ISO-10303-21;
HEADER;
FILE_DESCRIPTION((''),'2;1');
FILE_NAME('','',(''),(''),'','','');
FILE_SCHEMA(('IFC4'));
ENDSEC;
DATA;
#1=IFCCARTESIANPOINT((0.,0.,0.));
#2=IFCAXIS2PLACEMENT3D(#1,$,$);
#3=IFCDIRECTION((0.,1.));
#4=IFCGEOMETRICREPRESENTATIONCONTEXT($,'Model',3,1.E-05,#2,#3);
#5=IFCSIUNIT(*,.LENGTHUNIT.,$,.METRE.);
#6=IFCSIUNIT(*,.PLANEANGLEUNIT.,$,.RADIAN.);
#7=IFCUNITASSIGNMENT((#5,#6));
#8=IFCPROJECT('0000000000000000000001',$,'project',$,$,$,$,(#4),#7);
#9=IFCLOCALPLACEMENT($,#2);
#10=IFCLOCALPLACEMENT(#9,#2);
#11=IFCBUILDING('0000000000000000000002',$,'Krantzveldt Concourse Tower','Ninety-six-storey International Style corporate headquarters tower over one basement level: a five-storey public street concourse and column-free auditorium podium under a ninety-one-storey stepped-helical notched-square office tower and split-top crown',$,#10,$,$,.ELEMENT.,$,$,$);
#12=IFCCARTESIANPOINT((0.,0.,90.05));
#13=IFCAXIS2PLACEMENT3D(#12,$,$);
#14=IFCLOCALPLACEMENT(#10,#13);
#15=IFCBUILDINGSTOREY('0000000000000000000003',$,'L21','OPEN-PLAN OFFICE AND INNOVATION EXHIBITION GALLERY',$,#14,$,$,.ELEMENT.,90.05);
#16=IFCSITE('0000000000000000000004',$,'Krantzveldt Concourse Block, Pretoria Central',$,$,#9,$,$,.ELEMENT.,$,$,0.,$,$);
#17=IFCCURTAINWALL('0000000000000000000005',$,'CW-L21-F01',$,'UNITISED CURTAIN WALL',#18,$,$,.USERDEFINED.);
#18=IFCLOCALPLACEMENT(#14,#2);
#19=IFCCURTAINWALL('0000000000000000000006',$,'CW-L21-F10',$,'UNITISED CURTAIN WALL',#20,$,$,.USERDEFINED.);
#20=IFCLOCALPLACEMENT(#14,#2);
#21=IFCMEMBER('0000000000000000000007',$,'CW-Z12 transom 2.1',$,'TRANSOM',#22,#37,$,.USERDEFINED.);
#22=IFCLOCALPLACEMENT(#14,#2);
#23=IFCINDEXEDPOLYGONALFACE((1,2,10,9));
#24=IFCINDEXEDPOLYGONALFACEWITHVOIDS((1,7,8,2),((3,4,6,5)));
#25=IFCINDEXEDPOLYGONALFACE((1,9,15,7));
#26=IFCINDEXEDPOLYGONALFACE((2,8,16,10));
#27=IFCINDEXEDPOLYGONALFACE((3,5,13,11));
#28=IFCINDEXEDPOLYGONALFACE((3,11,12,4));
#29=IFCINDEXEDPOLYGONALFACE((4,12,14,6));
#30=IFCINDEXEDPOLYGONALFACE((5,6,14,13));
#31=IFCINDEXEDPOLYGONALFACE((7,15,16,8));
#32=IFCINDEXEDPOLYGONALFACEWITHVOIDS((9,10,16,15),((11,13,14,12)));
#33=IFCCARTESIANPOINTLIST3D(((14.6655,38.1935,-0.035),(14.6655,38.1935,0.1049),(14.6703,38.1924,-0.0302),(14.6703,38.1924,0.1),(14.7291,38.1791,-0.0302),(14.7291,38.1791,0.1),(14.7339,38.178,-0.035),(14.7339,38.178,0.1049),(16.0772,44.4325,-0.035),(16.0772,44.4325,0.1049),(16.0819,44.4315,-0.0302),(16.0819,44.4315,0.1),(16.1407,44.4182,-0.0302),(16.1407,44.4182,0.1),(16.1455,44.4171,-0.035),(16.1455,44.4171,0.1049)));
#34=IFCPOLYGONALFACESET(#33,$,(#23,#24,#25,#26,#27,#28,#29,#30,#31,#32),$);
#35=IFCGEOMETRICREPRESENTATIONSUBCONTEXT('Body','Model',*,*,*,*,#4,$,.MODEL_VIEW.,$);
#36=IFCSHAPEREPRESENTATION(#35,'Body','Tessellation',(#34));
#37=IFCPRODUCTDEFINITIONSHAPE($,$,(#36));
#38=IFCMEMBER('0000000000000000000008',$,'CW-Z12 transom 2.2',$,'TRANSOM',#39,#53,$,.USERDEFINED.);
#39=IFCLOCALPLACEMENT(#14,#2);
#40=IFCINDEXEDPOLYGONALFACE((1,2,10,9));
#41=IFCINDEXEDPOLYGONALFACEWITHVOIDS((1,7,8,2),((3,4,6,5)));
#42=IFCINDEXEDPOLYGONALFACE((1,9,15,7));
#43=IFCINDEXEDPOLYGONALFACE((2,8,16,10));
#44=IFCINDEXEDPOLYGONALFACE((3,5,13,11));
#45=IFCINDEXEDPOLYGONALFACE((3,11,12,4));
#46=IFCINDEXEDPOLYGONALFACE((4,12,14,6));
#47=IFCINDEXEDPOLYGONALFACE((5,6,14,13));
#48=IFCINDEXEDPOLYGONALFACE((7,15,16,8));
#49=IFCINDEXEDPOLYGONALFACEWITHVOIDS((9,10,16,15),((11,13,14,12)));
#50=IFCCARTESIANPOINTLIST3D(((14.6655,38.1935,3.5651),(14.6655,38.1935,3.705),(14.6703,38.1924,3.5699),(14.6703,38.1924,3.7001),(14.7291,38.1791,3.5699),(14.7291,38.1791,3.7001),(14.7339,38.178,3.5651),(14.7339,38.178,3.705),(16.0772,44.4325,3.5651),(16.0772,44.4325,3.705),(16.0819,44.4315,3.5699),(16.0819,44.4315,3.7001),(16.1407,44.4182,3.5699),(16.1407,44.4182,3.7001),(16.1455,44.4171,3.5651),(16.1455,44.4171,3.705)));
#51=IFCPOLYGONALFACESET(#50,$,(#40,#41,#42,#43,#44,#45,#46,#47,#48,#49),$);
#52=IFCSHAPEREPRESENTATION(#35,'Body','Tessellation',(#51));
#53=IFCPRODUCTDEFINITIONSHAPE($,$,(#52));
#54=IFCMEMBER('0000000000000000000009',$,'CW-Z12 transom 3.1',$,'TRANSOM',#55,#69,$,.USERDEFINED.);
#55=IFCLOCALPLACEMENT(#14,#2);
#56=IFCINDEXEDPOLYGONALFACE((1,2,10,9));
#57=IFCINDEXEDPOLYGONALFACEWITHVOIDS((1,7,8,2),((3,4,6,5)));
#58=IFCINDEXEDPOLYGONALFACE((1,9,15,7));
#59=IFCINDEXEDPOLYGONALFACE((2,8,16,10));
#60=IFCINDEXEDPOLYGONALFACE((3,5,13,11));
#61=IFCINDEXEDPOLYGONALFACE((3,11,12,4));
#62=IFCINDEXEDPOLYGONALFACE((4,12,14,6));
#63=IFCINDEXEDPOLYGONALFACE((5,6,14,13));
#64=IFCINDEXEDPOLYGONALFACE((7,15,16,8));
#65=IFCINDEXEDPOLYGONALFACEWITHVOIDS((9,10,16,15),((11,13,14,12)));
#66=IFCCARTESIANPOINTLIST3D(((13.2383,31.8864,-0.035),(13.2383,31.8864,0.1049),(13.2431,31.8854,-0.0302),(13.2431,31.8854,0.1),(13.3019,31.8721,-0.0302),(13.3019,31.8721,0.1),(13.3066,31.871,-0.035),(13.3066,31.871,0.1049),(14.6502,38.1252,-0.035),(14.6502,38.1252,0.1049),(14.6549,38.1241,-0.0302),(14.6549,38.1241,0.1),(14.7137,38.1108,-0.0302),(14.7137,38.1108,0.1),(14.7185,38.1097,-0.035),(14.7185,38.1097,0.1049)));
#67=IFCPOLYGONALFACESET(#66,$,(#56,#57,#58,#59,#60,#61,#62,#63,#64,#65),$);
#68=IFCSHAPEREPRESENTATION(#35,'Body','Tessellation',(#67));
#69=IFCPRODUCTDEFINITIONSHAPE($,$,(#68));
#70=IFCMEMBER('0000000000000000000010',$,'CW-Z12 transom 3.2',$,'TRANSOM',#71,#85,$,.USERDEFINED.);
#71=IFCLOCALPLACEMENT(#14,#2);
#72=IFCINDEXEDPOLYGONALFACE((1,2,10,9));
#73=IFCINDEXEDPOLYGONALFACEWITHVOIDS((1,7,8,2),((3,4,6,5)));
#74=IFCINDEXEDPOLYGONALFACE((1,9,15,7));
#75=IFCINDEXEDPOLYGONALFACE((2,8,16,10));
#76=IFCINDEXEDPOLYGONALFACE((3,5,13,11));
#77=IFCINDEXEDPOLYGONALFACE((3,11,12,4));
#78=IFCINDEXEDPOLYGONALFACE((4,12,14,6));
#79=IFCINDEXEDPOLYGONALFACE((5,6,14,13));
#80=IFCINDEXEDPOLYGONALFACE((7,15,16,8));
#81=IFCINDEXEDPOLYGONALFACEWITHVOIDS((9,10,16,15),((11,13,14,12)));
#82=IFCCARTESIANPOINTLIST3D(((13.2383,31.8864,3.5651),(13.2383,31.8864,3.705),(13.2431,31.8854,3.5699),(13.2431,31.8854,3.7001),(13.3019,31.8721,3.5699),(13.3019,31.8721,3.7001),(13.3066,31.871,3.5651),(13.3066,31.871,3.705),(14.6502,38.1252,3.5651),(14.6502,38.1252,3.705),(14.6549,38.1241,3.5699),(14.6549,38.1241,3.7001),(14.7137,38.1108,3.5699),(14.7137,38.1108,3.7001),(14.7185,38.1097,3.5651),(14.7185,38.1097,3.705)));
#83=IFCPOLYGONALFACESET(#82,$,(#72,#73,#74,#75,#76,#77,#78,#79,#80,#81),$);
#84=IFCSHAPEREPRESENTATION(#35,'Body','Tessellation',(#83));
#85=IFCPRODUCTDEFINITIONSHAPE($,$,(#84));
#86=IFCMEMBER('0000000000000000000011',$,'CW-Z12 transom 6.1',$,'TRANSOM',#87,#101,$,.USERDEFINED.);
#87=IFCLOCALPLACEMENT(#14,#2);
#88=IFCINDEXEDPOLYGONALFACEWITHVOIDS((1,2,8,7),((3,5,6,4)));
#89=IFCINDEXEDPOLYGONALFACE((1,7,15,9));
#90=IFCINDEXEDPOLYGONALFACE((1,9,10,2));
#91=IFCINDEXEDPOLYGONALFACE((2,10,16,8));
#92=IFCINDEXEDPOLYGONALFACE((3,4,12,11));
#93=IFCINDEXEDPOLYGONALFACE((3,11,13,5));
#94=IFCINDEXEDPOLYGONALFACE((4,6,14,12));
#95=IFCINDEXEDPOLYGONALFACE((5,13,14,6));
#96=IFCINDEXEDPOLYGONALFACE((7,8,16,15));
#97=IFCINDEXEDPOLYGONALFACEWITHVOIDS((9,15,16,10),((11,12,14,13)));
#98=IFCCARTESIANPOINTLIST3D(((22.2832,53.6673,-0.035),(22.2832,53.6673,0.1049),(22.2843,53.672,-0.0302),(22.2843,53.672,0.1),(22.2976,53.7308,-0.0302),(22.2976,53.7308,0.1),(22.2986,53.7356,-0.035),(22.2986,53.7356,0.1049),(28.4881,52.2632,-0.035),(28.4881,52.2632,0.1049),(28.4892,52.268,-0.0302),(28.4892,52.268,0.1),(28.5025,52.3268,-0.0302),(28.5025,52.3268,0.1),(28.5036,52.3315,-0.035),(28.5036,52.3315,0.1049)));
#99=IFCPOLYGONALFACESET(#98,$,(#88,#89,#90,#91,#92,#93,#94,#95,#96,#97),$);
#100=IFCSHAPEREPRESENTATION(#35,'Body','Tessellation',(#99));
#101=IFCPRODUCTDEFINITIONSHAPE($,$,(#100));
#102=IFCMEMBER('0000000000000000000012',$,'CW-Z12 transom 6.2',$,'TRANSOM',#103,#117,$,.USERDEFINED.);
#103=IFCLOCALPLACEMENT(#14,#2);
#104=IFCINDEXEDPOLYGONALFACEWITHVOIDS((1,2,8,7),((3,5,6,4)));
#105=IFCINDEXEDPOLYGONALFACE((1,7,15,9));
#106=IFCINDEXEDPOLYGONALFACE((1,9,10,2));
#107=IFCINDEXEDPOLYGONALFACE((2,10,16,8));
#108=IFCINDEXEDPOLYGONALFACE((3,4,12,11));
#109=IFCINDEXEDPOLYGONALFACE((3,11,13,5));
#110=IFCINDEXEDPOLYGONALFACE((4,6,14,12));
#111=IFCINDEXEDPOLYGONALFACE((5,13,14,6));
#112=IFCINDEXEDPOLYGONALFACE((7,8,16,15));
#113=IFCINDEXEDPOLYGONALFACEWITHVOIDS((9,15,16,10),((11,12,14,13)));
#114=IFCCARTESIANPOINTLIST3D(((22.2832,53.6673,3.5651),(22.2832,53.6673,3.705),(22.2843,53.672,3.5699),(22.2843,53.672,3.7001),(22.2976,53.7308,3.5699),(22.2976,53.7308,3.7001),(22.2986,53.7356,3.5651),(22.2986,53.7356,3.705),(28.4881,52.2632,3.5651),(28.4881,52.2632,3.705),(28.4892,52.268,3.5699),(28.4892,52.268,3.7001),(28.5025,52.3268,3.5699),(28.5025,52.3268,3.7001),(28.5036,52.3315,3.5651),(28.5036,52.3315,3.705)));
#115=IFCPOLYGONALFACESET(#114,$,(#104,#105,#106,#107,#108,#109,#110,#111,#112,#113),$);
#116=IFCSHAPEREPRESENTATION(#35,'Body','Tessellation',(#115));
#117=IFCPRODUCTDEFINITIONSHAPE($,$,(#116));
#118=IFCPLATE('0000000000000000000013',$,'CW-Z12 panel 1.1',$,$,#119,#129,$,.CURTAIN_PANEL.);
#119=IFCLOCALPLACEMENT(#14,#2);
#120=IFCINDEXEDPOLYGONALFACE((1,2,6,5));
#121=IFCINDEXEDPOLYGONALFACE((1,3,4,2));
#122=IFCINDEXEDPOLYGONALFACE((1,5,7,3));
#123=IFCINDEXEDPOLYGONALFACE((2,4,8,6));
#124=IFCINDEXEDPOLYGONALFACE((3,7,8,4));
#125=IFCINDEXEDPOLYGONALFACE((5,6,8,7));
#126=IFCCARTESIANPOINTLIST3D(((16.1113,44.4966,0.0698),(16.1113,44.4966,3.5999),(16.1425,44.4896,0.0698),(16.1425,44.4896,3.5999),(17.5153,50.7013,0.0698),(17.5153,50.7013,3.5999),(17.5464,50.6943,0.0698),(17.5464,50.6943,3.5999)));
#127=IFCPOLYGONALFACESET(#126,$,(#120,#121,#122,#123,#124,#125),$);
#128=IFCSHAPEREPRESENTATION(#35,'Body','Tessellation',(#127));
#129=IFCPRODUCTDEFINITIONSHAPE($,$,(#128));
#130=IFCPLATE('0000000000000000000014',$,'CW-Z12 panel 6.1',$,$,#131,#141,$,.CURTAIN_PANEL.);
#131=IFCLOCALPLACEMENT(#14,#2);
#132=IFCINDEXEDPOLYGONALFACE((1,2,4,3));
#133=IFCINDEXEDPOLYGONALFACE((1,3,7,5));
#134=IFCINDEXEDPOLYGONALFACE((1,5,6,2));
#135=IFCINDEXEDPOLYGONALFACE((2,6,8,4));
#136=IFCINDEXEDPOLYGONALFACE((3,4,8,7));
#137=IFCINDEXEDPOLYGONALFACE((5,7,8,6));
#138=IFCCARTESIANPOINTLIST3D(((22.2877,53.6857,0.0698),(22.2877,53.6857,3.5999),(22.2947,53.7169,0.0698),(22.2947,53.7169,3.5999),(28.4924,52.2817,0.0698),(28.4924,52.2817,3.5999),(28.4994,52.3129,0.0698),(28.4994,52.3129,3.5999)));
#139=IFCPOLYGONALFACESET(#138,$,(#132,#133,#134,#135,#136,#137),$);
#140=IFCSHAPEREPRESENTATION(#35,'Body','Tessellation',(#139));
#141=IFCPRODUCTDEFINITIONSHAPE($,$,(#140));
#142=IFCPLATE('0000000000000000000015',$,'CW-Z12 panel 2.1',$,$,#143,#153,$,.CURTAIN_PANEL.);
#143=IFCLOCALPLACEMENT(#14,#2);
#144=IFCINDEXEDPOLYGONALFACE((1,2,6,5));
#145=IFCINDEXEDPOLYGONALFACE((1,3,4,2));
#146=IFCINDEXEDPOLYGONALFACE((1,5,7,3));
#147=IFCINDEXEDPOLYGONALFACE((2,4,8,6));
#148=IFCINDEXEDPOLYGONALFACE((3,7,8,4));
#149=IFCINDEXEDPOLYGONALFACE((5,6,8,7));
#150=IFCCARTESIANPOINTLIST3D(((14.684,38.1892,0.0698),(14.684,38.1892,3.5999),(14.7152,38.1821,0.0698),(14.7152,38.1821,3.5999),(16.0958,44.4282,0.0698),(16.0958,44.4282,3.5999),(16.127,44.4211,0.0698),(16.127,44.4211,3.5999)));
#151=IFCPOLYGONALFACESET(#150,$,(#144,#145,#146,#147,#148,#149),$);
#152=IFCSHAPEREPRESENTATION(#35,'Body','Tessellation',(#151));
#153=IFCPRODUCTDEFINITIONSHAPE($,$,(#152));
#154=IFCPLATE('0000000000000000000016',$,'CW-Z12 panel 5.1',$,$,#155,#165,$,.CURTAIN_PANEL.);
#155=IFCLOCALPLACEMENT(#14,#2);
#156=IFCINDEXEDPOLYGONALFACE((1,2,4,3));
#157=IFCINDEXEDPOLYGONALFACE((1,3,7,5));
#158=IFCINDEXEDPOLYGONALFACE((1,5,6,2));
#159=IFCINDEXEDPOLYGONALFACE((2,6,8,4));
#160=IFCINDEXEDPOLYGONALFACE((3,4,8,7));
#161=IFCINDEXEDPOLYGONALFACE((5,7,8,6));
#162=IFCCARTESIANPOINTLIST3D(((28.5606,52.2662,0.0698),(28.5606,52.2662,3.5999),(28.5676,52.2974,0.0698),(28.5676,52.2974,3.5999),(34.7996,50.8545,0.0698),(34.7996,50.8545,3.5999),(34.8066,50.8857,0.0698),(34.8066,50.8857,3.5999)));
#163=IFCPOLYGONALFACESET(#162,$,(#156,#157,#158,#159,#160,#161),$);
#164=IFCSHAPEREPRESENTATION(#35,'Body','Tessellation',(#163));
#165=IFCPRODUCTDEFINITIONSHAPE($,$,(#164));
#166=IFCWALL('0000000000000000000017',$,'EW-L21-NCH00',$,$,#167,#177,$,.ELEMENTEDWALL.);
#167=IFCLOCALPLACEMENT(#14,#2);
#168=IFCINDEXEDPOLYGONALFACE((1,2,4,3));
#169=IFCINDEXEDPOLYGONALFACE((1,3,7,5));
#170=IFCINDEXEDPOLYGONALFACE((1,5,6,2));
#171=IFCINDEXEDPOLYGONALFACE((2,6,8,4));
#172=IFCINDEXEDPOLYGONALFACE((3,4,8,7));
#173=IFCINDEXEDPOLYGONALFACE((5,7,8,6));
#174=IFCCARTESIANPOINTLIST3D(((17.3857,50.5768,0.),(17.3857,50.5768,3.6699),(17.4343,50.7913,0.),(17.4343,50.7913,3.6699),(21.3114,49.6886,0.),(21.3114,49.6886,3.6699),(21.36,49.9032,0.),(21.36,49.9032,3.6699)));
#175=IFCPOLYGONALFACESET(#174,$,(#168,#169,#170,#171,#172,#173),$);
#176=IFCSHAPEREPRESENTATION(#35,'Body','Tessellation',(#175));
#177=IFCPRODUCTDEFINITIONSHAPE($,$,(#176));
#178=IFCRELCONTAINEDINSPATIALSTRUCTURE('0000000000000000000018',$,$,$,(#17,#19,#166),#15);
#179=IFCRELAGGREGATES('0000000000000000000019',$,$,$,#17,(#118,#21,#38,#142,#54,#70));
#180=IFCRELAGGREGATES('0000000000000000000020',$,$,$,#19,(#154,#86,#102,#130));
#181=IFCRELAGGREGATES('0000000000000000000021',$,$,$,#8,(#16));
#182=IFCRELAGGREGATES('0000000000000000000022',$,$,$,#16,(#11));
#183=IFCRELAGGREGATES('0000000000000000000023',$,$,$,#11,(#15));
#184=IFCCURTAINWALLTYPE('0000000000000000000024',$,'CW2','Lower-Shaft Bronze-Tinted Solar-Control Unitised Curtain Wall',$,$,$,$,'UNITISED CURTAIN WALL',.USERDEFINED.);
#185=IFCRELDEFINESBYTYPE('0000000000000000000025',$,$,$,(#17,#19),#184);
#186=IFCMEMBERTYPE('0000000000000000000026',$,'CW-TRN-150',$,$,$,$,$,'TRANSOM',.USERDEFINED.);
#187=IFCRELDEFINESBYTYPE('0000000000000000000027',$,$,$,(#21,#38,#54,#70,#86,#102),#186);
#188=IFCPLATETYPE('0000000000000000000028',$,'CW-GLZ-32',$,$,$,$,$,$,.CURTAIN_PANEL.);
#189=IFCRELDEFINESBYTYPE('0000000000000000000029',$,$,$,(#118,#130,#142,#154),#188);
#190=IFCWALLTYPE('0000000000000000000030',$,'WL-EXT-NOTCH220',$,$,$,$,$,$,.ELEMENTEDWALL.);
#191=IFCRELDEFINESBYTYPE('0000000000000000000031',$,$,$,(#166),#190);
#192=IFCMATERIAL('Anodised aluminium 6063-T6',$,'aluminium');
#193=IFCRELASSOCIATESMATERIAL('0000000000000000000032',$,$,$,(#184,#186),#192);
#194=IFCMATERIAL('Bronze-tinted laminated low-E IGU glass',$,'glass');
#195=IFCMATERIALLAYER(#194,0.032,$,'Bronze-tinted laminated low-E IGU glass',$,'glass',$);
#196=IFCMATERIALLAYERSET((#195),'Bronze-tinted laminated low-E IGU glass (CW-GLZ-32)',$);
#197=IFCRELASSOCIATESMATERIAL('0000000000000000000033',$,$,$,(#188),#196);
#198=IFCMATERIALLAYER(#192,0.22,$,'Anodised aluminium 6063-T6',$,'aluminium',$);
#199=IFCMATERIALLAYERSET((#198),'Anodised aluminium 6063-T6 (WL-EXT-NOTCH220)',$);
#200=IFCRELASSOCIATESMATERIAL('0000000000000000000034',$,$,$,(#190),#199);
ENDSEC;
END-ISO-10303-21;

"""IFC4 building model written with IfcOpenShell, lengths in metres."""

from ifc_helpers import new_model, si_unit, direction, frame, frame_2d, origin, origin_2d, place, context, subcontext, project, spatial, rectangle, hollow_rectangle, extrude, source, transform, mapped, material, layer, layer_set, material_profile, profile_set, type_object, type_shapes, element, aggregate, save


model = new_model("IFC4")

# Units and contexts
model_context = context("Model", 3, precision=1e-05, world=origin(), true_north=direction((0.0, 1.0)))
body_context = subcontext(model_context, "Body", "Model", "MODEL_VIEW")
ifc_project = project(units=[si_unit("LENGTHUNIT", "METRE"), si_unit("PLANEANGLEUNIT", "RADIAN")], contexts=[model_context])

# Site, building, storey
site_placement = place(None, origin())
site = spatial("IfcSite", under=ifc_project, at=site_placement, Name="Krantzveldt Concourse Block, Pretoria Central", CompositionType="ELEMENT", RefElevation=0.0)
building_placement = place(site_placement, origin())
building = spatial("IfcBuilding", under=site, at=building_placement, Name="Krantzveldt Concourse Tower", Description="Ninety-six-storey International Style corporate headquarters tower over one basement level: a five-storey public street concourse and column-free auditorium podium under a ninety-one-storey stepped-helical notched-square office tower and split-top crown", CompositionType="ELEMENT")
storey_placement = place(building_placement, frame((0.0, 0.0, 90.05)))
storey = spatial("IfcBuildingStorey", under=building, at=storey_placement, Name="L21", Description="OPEN-PLAN OFFICE AND INNOVATION EXHIBITION GALLERY", CompositionType="ELEMENT", Elevation=90.05)

# Curtain walls
ifc_material_1 = material(Name="Anodised aluminium 6063-T6", Category="aluminium")
curtain_wall_type = type_object("IfcCurtainWallType", Name="CW2", Description="Lower-Shaft Bronze-Tinted Solar-Control Unitised Curtain Wall", ElementType="UNITISED CURTAIN WALL", PredefinedType="USERDEFINED", material=ifc_material_1)
curtain_wall_1_placement = place(storey_placement, origin())
curtain_wall_1 = element("IfcCurtainWall", 1, at=curtain_wall_1_placement, inside=storey, type_object=curtain_wall_type, Name="CW-L21-F01", ObjectType="UNITISED CURTAIN WALL", PredefinedType="USERDEFINED")
curtain_wall_2_placement = place(storey_placement, origin())
curtain_wall_2 = element("IfcCurtainWall", 2, at=curtain_wall_2_placement, inside=storey, type_object=curtain_wall_type, Name="CW-L21-F10", ObjectType="UNITISED CURTAIN WALL", PredefinedType="USERDEFINED")

# Members
ifc_material_profile_1 = material_profile(ifc_material_1, hollow_rectangle(XDim=0.0701, YDim=0.1399, WallThickness=0.0049, at=origin_2d()), Name="Anodised aluminium 6063-T6", Category="aluminium")
ifc_profile_set_1 = profile_set([ifc_material_profile_1], Name="Anodised aluminium 6063-T6 - ALU-TRAN 140x70x5")
member_type_1 = type_object("IfcMemberType", Name="CW-TRN-150", ElementType="TRANSOM", PredefinedType="USERDEFINED", material=ifc_profile_set_1)
shared_shape_1 = source(origin(), body_context, "Body", "SweptSolid", [
    extrude(hollow_rectangle(XDim=0.0701, YDim=0.1399, WallThickness=0.0049, at=origin_2d()), origin(), (0.0, 0.0, 1.0), 6.3967),
])
member_1_placement = place(storey_placement, frame((16.1113, 44.4248, 0.0349), z_axis=(-0.220679, -0.975346, 0.0), x_axis=(0.975346, -0.220679, 0.0)))
member_1 = element("IfcMember", 3, at=member_1_placement, type_object=member_type_1, Name="CW-Z12 transom 2.1", ObjectType="TRANSOM", PredefinedType="USERDEFINED", context=body_context, shape_type="MappedRepresentation", body=[
    mapped(shared_shape_1, transform((0.0, 0.0, 0.0), x_axis=(1.0, 0.0, 0.0), y_axis=(0.0, 1.0, 0.0), z_axis=(0.0, 0.0, 1.0), scale=1.0)),
])
member_2_placement = place(storey_placement, frame((16.1113, 44.4248, 3.635), z_axis=(-0.220679, -0.975346, 0.0), x_axis=(0.975346, -0.220679, 0.0)))
member_2 = element("IfcMember", 4, at=member_2_placement, type_object=member_type_1, Name="CW-Z12 transom 2.2", ObjectType="TRANSOM", PredefinedType="USERDEFINED", context=body_context, shape_type="MappedRepresentation", body=[
    mapped(shared_shape_1, transform((0.0, 0.0, 0.0), x_axis=(1.0, 0.0, 0.0), y_axis=(0.0, 1.0, 0.0), z_axis=(0.0, 0.0, 1.0), scale=1.0)),
])
shared_shape_2 = source(origin(), body_context, "Body", "SweptSolid", [
    extrude(hollow_rectangle(XDim=0.0701, YDim=0.1399, WallThickness=0.0049, at=origin_2d()), origin(), (0.0, 0.0, 1.0), 6.3965),
])
member_3_placement = place(storey_placement, frame((14.6843, 38.1174, 0.0349), z_axis=(-0.220724, -0.975336, 0.0), x_axis=(0.975336, -0.220724, 0.0)))
member_3 = element("IfcMember", 5, at=member_3_placement, type_object=member_type_1, Name="CW-Z12 transom 3.1", ObjectType="TRANSOM", PredefinedType="USERDEFINED", context=body_context, shape_type="MappedRepresentation", body=[
    mapped(shared_shape_2, transform((0.0, 0.0, 0.0), x_axis=(1.0, 0.0, 0.0), y_axis=(0.0, 1.0, 0.0), z_axis=(0.0, 0.0, 1.0), scale=1.0)),
])
member_4_placement = place(storey_placement, frame((14.6843, 38.1174, 3.635), z_axis=(-0.220724, -0.975336, 0.0), x_axis=(0.975336, -0.220724, 0.0)))
member_4 = element("IfcMember", 6, at=member_4_placement, type_object=member_type_1, Name="CW-Z12 transom 3.2", ObjectType="TRANSOM", PredefinedType="USERDEFINED", context=body_context, shape_type="MappedRepresentation", body=[
    mapped(shared_shape_2, transform((0.0, 0.0, 0.0), x_axis=(1.0, 0.0, 0.0), y_axis=(0.0, 1.0, 0.0), z_axis=(0.0, 0.0, 1.0), scale=1.0)),
])
shared_shape_3 = source(origin(), body_context, "Body", "SweptSolid", [
    extrude(hollow_rectangle(XDim=0.0701, YDim=0.1399, WallThickness=0.0049, at=origin_2d()), origin(), (0.0, 0.0, 1.0), 6.3618),
])
member_5_placement = place(storey_placement, frame((28.4958, 52.2974, 0.0349), z_axis=(-0.975341, 0.220704, 0.0), x_axis=(-0.220704, -0.975341, 0.0)))
member_5 = element("IfcMember", 7, at=member_5_placement, type_object=member_type_1, Name="CW-Z12 transom 6.1", ObjectType="TRANSOM", PredefinedType="USERDEFINED", context=body_context, shape_type="MappedRepresentation", body=[
    mapped(shared_shape_3, transform((0.0, 0.0, 0.0), x_axis=(1.0, 0.0, 0.0), y_axis=(0.0, 1.0, 0.0), z_axis=(0.0, 0.0, 1.0), scale=1.0)),
])
member_6_placement = place(storey_placement, frame((28.4958, 52.2974, 3.635), z_axis=(-0.975341, 0.220704, 0.0), x_axis=(-0.220704, -0.975341, 0.0)))
member_6 = element("IfcMember", 8, at=member_6_placement, type_object=member_type_1, Name="CW-Z12 transom 6.2", ObjectType="TRANSOM", PredefinedType="USERDEFINED", context=body_context, shape_type="MappedRepresentation", body=[
    mapped(shared_shape_3, transform((0.0, 0.0, 0.0), x_axis=(1.0, 0.0, 0.0), y_axis=(0.0, 1.0, 0.0), z_axis=(0.0, 0.0, 1.0), scale=1.0)),
])

# Plates
ifc_material_2 = material(Name="Bronze-tinted laminated low-E IGU glass", Category="glass")
ifc_layer_1 = layer(ifc_material_2, 0.032, Name="Bronze-tinted laminated low-E IGU glass", Category="glass")
ifc_layer_set_1 = layer_set([ifc_layer_1], Name="Bronze-tinted laminated low-E IGU glass (CW-GLZ-32)")
plate_type = type_object("IfcPlateType", Name="CW-GLZ-32", PredefinedType="CURTAIN_PANEL", material=ifc_layer_set_1)
shared_shape_4 = source(origin(), body_context, "Body", "SweptSolid", [
    extrude(rectangle(XDim=6.3616, YDim=0.032, at=origin_2d()), origin(), (0.0, 0.0, 1.0), 3.53),
])
plate_1_placement = place(storey_placement, frame((16.8289, 47.5955, 0.0698), z_axis=(0.0, 0.0, 1.0), x_axis=(-0.220697, -0.975342, 0.0)))
plate_1 = element("IfcPlate", 9, at=plate_1_placement, type_object=plate_type, Name="CW-Z12 panel 1.1", PredefinedType="CURTAIN_PANEL", context=body_context, shape_type="MappedRepresentation", body=[
    mapped(shared_shape_4, transform((0.0, 0.0, 0.0), x_axis=(1.0, 0.0, 0.0), y_axis=(0.0, 1.0, 0.0), z_axis=(0.0, 0.0, 1.0), scale=1.0)),
])
plate_2_placement = place(storey_placement, frame((25.3936, 52.9993, 0.0698), z_axis=(0.0, 0.0, 1.0), x_axis=(-0.975342, 0.220697, 0.0)))
plate_2 = element("IfcPlate", 10, at=plate_2_placement, type_object=plate_type, Name="CW-Z12 panel 6.1", PredefinedType="CURTAIN_PANEL", context=body_context, shape_type="MappedRepresentation", body=[
    mapped(shared_shape_4, transform((0.0, 0.0, 0.0), x_axis=(1.0, 0.0, 0.0), y_axis=(0.0, 1.0, 0.0), z_axis=(0.0, 0.0, 1.0), scale=1.0)),
])
shared_shape_5 = source(origin(), body_context, "Body", "SweptSolid", [
    extrude(rectangle(XDim=6.3967, YDim=0.032, at=origin_2d()), origin(), (0.0, 0.0, 1.0), 3.53),
])
type_shapes(plate_type, [shared_shape_4, shared_shape_5])
plate_3_placement = place(storey_placement, frame((15.4055, 41.3052, 0.0698), z_axis=(0.0, 0.0, 1.0), x_axis=(-0.220697, -0.975342, 0.0)))
plate_3 = element("IfcPlate", 11, at=plate_3_placement, type_object=plate_type, Name="CW-Z12 panel 2.1", PredefinedType="CURTAIN_PANEL", context=body_context, shape_type="MappedRepresentation", body=[
    mapped(shared_shape_5, transform((0.0, 0.0, 0.0), x_axis=(1.0, 0.0, 0.0), y_axis=(0.0, 1.0, 0.0), z_axis=(0.0, 0.0, 1.0), scale=1.0)),
])
aggregate(curtain_wall_1, [plate_1, member_1, member_2, plate_3, member_3, member_4])
plate_4_placement = place(storey_placement, frame((31.6836, 51.5759, 0.0698), z_axis=(0.0, 0.0, 1.0), x_axis=(-0.975342, 0.220697, 0.0)))
plate_4 = element("IfcPlate", 12, at=plate_4_placement, type_object=plate_type, Name="CW-Z12 panel 5.1", PredefinedType="CURTAIN_PANEL", context=body_context, shape_type="MappedRepresentation", body=[
    mapped(shared_shape_5, transform((0.0, 0.0, 0.0), x_axis=(1.0, 0.0, 0.0), y_axis=(0.0, 1.0, 0.0), z_axis=(0.0, 0.0, 1.0), scale=1.0)),
])
aggregate(curtain_wall_2, [plate_4, member_5, member_6, plate_2])

# Wall
ifc_layer_2 = layer(ifc_material_1, 0.22, Name="Anodised aluminium 6063-T6", Category="aluminium")
ifc_layer_set_2 = layer_set([ifc_layer_2], Name="Anodised aluminium 6063-T6 (WL-EXT-NOTCH220)")
wall_type_1 = type_object("IfcWallType", Name="WL-EXT-NOTCH220", PredefinedType="ELEMENTEDWALL", material=ifc_layer_set_2)
wall_1_placement = place(storey_placement, frame((21.3357, 49.7959, 0.0), z_axis=(0.0, 0.0, 1.0), x_axis=(-0.975349, 0.220667, 0.0)))
element("IfcWall", 13, at=wall_1_placement, inside=storey, type_object=wall_type_1, Name="EW-L21-NCH00", PredefinedType="ELEMENTEDWALL", context=body_context, shape_type="SweptSolid", body=[
    extrude(rectangle(XDim=4.0249, YDim=0.22, at=frame_2d((2.0125, 0.0))), origin(), (0.0, 0.0, 1.0), 3.6699),
])

save(model, "model.ifc")
